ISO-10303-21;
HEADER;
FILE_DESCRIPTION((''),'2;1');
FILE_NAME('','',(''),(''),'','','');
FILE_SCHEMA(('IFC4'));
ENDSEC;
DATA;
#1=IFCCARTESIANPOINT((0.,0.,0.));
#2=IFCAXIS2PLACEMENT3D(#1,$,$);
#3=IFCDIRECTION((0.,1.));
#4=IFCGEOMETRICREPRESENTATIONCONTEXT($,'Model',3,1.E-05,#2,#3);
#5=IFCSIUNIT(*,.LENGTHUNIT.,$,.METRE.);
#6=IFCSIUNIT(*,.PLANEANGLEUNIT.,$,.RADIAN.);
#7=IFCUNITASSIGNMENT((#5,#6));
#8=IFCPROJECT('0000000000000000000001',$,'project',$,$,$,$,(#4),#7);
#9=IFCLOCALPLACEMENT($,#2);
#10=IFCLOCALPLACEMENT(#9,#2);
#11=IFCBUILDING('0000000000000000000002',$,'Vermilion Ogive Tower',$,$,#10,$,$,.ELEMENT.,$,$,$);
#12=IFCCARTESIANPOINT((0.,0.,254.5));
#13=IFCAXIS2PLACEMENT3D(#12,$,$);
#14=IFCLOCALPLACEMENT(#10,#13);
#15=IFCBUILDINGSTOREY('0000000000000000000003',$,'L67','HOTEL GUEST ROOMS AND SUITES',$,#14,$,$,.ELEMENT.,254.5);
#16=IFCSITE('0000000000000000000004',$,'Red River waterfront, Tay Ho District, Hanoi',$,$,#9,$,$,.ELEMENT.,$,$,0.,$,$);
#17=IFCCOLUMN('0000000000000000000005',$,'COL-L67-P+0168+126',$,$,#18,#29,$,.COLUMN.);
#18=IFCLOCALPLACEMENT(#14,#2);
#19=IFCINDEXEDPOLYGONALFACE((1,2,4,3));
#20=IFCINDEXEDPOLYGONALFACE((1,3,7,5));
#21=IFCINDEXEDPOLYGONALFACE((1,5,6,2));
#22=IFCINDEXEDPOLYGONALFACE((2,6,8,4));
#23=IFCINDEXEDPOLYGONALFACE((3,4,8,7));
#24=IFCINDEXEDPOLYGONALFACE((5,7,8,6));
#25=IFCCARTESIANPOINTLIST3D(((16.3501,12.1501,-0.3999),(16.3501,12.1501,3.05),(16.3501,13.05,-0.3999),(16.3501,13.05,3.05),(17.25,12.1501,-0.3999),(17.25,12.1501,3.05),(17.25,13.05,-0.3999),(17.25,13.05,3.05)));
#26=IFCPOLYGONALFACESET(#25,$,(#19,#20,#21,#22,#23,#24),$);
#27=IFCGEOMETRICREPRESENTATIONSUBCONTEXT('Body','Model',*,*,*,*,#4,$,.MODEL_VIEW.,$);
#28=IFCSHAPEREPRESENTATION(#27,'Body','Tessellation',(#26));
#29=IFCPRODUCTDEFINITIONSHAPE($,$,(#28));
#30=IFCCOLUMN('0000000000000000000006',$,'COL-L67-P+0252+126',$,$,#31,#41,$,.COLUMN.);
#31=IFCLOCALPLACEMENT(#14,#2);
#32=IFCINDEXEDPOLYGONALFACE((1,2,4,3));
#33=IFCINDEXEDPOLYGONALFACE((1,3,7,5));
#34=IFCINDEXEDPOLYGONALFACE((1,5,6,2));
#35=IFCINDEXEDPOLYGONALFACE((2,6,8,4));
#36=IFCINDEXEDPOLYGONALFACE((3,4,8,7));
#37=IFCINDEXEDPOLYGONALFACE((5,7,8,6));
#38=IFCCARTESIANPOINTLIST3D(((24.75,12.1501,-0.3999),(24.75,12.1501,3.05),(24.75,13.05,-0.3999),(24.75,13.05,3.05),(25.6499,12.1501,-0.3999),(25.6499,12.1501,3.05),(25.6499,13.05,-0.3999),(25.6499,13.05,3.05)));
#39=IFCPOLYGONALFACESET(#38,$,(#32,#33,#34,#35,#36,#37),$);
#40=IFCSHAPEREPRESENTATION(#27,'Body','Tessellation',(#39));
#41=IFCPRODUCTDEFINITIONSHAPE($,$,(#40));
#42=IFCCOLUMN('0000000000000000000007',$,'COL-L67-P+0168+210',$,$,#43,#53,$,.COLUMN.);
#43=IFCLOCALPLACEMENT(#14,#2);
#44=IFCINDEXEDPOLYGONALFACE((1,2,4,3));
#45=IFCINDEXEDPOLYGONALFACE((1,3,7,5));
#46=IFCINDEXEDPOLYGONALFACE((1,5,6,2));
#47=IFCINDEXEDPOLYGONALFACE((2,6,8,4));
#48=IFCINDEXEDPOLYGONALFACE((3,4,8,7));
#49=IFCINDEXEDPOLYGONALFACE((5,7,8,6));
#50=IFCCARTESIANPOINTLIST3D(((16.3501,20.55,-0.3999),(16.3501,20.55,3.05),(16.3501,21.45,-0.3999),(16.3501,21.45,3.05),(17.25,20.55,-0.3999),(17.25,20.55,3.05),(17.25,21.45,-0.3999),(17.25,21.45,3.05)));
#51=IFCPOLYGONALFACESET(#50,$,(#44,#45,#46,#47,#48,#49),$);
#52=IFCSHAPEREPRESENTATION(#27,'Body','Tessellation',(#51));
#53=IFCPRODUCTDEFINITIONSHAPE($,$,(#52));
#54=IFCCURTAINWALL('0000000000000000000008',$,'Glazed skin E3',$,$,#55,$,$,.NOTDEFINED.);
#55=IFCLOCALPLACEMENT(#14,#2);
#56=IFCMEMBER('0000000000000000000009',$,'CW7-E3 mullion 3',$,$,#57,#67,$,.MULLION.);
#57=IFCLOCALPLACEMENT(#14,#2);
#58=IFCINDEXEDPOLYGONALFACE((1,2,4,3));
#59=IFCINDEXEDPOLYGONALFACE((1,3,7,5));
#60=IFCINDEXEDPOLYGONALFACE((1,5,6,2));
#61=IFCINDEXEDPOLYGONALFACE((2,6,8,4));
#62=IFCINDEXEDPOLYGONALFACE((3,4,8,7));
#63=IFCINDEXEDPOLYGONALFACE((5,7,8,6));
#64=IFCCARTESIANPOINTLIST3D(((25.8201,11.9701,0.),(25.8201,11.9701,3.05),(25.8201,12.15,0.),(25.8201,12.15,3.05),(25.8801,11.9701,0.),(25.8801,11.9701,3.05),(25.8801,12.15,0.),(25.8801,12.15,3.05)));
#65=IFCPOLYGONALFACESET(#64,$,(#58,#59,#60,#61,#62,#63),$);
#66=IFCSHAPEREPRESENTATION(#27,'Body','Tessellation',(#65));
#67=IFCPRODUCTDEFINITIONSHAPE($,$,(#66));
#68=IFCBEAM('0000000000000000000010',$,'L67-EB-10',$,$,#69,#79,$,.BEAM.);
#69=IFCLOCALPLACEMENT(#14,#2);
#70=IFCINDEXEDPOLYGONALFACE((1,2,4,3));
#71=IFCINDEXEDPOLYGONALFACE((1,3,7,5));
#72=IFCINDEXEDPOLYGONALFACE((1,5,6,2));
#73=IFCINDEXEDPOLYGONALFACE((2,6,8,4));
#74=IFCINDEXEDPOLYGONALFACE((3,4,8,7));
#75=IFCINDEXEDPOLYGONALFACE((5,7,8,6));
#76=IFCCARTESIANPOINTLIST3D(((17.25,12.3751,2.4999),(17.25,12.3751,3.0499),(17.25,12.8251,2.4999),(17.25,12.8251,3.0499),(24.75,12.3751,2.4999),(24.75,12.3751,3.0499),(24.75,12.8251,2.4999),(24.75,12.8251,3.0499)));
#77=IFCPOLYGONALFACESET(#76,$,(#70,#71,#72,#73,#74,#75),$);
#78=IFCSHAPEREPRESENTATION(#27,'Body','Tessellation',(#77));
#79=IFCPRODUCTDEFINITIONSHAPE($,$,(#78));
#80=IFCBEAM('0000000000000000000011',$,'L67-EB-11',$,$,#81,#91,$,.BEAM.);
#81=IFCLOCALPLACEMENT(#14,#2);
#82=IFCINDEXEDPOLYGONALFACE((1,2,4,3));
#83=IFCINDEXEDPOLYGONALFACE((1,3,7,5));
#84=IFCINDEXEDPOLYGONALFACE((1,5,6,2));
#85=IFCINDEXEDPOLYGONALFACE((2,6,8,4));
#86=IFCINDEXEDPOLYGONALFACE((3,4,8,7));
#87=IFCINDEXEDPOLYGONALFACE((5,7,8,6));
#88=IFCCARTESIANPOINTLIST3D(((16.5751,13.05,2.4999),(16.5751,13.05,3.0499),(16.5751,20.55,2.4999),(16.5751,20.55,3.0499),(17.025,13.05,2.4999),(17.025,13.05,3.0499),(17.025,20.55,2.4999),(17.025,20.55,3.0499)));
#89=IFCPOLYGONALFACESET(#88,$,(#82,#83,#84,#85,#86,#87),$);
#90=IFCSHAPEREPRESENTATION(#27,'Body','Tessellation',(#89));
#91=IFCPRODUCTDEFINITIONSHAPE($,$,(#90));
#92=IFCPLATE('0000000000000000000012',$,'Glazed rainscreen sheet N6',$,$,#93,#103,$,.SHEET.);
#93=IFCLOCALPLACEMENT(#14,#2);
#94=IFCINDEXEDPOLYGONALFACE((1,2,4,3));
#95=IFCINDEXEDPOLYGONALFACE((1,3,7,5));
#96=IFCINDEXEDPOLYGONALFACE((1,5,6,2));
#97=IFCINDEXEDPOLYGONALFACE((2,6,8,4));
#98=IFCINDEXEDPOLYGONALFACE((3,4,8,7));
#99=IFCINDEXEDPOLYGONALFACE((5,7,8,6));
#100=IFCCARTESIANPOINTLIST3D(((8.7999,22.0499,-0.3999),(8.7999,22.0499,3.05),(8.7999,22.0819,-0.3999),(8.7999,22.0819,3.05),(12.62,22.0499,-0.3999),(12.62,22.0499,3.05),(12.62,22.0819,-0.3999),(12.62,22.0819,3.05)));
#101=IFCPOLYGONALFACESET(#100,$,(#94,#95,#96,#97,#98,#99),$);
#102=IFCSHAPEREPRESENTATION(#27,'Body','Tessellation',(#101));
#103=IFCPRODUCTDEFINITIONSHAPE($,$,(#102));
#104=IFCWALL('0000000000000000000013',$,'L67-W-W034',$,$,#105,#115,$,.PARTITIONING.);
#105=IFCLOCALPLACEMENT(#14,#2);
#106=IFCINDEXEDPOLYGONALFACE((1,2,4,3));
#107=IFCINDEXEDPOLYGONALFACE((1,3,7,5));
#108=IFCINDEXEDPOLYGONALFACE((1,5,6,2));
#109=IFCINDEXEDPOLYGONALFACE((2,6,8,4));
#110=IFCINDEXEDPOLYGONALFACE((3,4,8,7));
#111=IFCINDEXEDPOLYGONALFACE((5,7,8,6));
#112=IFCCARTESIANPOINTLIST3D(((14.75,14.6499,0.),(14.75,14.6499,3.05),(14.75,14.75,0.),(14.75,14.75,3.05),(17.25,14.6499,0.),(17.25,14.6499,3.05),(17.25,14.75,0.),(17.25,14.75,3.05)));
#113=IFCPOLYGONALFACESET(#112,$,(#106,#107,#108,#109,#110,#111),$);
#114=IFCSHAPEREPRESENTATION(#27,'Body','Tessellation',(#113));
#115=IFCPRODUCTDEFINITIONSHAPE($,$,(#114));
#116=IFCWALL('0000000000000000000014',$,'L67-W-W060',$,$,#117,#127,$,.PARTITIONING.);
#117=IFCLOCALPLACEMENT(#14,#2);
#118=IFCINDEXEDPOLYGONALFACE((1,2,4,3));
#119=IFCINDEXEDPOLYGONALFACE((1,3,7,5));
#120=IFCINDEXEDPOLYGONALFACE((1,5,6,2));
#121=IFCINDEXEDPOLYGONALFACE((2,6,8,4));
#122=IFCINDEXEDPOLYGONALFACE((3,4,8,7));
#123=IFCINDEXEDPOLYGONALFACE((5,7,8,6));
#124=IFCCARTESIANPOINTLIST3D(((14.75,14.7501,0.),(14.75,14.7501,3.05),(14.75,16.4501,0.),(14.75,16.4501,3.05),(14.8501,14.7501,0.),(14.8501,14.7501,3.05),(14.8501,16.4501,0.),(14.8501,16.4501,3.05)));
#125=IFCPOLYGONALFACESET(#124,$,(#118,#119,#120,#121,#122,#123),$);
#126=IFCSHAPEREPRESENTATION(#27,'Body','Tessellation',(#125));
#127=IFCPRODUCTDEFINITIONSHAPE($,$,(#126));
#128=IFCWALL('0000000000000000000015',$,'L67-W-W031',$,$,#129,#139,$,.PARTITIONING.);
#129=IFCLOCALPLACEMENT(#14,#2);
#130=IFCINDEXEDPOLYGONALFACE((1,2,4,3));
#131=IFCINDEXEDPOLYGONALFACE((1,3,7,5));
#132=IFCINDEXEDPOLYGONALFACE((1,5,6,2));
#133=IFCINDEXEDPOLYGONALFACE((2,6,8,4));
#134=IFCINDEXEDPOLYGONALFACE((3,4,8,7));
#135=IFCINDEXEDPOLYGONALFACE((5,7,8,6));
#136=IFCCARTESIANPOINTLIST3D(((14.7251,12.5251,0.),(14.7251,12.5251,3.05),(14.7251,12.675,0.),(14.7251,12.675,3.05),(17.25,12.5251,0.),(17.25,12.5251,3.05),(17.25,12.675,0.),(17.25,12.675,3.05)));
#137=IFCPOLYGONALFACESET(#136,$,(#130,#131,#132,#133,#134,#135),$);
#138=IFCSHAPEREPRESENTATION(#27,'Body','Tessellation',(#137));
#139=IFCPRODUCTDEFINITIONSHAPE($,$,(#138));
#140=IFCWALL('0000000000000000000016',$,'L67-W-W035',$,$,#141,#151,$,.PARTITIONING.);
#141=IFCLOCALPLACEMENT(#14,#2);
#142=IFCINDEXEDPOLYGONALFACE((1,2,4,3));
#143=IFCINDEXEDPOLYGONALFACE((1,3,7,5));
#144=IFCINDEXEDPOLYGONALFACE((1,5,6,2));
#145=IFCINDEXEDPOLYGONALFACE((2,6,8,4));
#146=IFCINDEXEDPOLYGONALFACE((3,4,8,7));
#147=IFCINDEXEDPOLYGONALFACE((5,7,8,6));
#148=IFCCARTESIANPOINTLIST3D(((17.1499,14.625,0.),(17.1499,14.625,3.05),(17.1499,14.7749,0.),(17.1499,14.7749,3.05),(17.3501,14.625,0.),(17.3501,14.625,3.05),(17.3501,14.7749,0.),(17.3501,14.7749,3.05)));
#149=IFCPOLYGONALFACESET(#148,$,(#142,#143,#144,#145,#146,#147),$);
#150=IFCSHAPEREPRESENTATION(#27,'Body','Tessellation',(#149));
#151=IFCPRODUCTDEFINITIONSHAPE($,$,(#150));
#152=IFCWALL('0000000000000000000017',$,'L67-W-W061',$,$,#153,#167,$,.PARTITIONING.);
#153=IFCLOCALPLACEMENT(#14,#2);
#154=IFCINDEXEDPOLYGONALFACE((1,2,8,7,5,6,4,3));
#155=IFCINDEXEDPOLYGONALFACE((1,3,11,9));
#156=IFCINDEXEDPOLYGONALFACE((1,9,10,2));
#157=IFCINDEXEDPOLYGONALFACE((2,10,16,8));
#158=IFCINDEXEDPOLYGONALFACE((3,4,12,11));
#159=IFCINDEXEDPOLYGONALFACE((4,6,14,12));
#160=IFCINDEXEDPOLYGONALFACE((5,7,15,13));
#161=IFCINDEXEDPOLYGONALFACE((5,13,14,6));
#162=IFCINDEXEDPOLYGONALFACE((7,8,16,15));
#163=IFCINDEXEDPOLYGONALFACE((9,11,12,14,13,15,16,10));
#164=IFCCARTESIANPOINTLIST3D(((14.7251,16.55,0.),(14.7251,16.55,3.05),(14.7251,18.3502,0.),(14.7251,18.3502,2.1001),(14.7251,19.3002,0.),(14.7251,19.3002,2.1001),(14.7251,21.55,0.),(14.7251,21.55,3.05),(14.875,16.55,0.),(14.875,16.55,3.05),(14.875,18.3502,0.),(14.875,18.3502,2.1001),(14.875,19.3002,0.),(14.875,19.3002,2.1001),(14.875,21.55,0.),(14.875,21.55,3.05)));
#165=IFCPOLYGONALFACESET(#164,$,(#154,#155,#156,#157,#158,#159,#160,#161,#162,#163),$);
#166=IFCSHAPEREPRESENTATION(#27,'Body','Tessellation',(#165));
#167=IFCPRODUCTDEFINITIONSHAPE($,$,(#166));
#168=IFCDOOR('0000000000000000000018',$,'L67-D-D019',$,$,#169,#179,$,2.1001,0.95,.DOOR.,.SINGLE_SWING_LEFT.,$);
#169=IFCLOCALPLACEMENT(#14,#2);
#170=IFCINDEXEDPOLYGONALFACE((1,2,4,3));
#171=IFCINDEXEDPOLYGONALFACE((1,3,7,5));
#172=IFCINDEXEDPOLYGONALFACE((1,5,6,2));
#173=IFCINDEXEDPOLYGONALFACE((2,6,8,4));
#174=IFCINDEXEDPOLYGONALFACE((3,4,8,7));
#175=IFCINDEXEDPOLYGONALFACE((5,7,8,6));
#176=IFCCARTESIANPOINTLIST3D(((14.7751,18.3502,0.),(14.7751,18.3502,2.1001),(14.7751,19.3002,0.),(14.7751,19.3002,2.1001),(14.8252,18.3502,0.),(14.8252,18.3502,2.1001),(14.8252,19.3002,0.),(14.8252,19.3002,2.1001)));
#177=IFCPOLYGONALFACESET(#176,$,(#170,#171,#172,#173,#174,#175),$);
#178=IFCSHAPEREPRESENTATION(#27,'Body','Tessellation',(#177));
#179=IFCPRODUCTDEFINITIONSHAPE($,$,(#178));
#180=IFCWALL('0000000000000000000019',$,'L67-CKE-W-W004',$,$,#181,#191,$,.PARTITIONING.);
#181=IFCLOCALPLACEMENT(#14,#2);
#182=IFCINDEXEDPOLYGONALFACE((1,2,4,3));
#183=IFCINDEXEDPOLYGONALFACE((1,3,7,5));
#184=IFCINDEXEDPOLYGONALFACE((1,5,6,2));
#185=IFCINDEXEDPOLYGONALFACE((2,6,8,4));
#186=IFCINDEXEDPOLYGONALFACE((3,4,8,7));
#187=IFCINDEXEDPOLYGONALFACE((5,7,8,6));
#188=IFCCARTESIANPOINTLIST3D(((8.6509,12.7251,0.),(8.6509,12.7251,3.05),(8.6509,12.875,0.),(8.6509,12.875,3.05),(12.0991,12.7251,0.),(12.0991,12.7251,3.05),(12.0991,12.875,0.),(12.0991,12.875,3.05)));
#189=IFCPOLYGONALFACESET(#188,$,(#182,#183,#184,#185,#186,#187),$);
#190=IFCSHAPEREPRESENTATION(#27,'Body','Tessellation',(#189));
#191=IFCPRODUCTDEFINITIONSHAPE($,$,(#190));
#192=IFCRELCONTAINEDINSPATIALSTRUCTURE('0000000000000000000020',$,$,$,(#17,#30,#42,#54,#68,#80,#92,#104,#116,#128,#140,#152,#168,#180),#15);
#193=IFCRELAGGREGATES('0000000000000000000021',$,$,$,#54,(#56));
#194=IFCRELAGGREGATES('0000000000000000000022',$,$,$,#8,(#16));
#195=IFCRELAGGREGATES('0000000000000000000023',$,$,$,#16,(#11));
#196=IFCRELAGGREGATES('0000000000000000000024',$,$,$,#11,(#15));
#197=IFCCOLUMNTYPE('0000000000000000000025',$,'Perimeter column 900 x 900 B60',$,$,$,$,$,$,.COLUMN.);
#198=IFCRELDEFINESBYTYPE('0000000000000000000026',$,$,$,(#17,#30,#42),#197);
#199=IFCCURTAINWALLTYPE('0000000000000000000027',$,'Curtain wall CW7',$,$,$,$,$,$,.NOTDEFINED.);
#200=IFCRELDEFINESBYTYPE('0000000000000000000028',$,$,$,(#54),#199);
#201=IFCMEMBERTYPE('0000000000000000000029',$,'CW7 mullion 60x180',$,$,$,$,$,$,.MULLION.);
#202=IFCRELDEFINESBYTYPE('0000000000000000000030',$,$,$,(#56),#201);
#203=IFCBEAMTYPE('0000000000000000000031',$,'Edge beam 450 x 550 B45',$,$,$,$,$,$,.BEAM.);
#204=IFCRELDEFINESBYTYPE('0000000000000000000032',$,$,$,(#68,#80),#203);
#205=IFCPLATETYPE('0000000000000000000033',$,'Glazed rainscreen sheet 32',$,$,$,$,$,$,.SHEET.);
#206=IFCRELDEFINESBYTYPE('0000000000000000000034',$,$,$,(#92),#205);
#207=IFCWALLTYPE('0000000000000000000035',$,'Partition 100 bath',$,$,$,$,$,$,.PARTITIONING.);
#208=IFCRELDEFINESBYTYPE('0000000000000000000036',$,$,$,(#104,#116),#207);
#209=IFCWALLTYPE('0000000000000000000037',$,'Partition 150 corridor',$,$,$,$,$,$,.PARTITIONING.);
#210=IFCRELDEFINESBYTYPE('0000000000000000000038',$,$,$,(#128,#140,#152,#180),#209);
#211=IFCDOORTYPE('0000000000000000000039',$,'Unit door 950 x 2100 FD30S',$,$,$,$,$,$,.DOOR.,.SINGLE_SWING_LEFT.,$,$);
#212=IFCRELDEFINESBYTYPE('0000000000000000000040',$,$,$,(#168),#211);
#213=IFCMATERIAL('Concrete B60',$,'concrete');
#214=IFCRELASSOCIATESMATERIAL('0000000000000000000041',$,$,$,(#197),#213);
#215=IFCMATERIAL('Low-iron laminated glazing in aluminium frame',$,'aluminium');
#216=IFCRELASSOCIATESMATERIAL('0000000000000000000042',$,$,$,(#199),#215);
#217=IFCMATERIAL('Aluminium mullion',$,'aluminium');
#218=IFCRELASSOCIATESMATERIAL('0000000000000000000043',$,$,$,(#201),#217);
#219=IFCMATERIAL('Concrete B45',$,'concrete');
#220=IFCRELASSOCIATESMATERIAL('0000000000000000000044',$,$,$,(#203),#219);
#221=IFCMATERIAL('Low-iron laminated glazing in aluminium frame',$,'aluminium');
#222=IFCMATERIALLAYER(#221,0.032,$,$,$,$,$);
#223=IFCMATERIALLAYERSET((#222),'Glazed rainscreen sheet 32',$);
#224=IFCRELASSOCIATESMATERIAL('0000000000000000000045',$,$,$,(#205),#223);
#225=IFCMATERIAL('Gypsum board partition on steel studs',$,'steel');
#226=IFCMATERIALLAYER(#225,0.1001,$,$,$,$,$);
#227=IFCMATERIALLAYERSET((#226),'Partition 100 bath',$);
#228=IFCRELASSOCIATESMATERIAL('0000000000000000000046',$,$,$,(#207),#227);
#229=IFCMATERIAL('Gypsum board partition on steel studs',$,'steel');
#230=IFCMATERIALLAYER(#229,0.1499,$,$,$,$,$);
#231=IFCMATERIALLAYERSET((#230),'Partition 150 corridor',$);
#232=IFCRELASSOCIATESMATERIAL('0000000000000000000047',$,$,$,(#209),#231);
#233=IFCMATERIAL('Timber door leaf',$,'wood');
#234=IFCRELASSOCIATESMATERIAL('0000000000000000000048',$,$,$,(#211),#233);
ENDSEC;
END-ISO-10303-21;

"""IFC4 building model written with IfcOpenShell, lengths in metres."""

from ifc_helpers import new_model, si_unit, direction, frame, frame_2d, origin, origin_2d, place, context, subcontext, project, spatial, rectangle, extrude, material, layer, layer_set, material_profile, profile_set, type_object, element, fill, aggregate, save


model = new_model("IFC4")

# Units and contexts
model_context = context("Model", 3, precision=1e-05, world=origin(), true_north=direction((0.0, 1.0)))
body_context = subcontext(model_context, "Body", "Model", "MODEL_VIEW")
ifc_project = project(units=[si_unit("LENGTHUNIT", "METRE"), si_unit("PLANEANGLEUNIT", "RADIAN")], contexts=[model_context])

# Site, building, storey
site_placement = place(None, origin())
site = spatial("IfcSite", under=ifc_project, at=site_placement, Name="Red River waterfront, Tay Ho District, Hanoi", CompositionType="ELEMENT", RefElevation=0.0)
building_placement = place(site_placement, origin())
building = spatial("IfcBuilding", under=site, at=building_placement, Name="Vermilion Ogive Tower", CompositionType="ELEMENT")
storey_placement = place(building_placement, frame((0.0, 0.0, 254.5)))
storey = spatial("IfcBuildingStorey", under=building, at=storey_placement, Name="L67", Description="HOTEL GUEST ROOMS AND SUITES", CompositionType="ELEMENT", Elevation=254.5)

# Columns
ifc_material_1 = material(Name="Concrete B60", Category="concrete")
ifc_material_profile_1 = material_profile(ifc_material_1, rectangle(XDim=0.8999, YDim=0.8999, at=origin_2d()), Name="900 x 900")
ifc_profile_set_1 = profile_set([ifc_material_profile_1], Name="Concrete B60")
column_type = type_object("IfcColumnType", Name="Perimeter column 900 x 900 B60", PredefinedType="COLUMN", material=ifc_profile_set_1)
for number, where, z_axis, x_axis, name in (
    (1, (16.8, 12.6001, -0.3999), (0.0, 0.0, 1.0), (1.0, 0.0, 0.0), "COL-L67-P+0168+126"),
    (2, (25.2, 12.6001, -0.3999), (0.0, 0.0, 1.0), (1.0, 0.0, 0.0), "COL-L67-P+0252+126"),
    (3, (16.8, 21.0, -0.3999), (0.0, 0.0, 1.0), (1.0, 0.0, 0.0), "COL-L67-P+0168+210"),
):
    element("IfcColumn", number, at=place(storey_placement, frame(where, z_axis=z_axis, x_axis=x_axis)), inside=storey, type_object=column_type, Name=name, PredefinedType="COLUMN", context=body_context, shape_type="SweptSolid", body=[
        extrude(rectangle(XDim=0.8999, YDim=0.8999, at=origin_2d()), origin(), (0.0, 0.0, 1.0), 3.45),
    ])

# Curtain wall, member
ifc_material_2 = material(Name="Low-iron laminated glazing in aluminium frame", Category="aluminium")
curtain_wall_type = type_object("IfcCurtainWallType", Name="Curtain wall CW7", PredefinedType="NOTDEFINED", material=ifc_material_2)
curtain_wall_placement = place(storey_placement, origin())
curtain_wall = element("IfcCurtainWall", 4, at=curtain_wall_placement, inside=storey, type_object=curtain_wall_type, Name="Glazed skin E3", PredefinedType="NOTDEFINED")
ifc_material_3 = material(Name="Aluminium mullion", Category="aluminium")
ifc_material_profile_2 = material_profile(ifc_material_3, rectangle(XDim=0.0601, YDim=0.1799, at=origin_2d()), Name="AL 60x180")
ifc_profile_set_2 = profile_set([ifc_material_profile_2], Name="Aluminium mullion")
member_type = type_object("IfcMemberType", Name="CW7 mullion 60x180", PredefinedType="MULLION", material=ifc_profile_set_2)
member_placement = place(storey_placement, frame((25.8501, 12.0601, 0.0), z_axis=(0.0, 0.0, 1.0), x_axis=(-1.0, 0.0, 0.0)))
member = element("IfcMember", 5, at=member_placement, type_object=member_type, Name="CW7-E3 mullion 3", PredefinedType="MULLION", context=body_context, shape_type="SweptSolid", body=[
    extrude(rectangle(XDim=0.0601, YDim=0.1799, at=origin_2d()), origin(), (0.0, 0.0, 1.0), 3.05),
])
aggregate(curtain_wall, [member])

# Beams
ifc_material_4 = material(Name="Concrete B45", Category="concrete")
ifc_material_profile_3 = material_profile(ifc_material_4, rectangle(XDim=0.45, YDim=0.55, at=origin_2d()), Name="450 x 550")
ifc_profile_set_3 = profile_set([ifc_material_profile_3], Name="Concrete B45")
beam_type = type_object("IfcBeamType", Name="Edge beam 450 x 550 B45", PredefinedType="BEAM", material=ifc_profile_set_3)
for number, where, z_axis, x_axis, name in (
    (6, (24.75, 12.6001, 2.7749), (-1.0, 0.0, 0.0), (0.0, -1.0, 0.0), "L67-EB-10"),
    (7, (16.8, 13.05, 2.7749), (0.0, 1.0, 0.0), (-1.0, 0.0, 0.0), "L67-EB-11"),
):
    element("IfcBeam", number, at=place(storey_placement, frame(where, z_axis=z_axis, x_axis=x_axis)), inside=storey, type_object=beam_type, Name=name, PredefinedType="BEAM", context=body_context, shape_type="SweptSolid", body=[
        extrude(rectangle(XDim=0.45, YDim=0.55, at=origin_2d()), origin(), (0.0, 0.0, 1.0), 7.5),
    ])

# Plate
ifc_material_5 = material(Name="Low-iron laminated glazing in aluminium frame", Category="aluminium")
ifc_layer_1 = layer(ifc_material_5, 0.032)
ifc_layer_set_1 = layer_set([ifc_layer_1], Name="Glazed rainscreen sheet 32")
plate_type = type_object("IfcPlateType", Name="Glazed rainscreen sheet 32", PredefinedType="SHEET", material=ifc_layer_set_1)
plate_placement = place(storey_placement, frame((10.71, 22.0659, -0.3999), z_axis=(0.0, 0.0, 1.0), x_axis=(1.0, 0.0, 0.0)))
element("IfcPlate", 8, at=plate_placement, inside=storey, type_object=plate_type, Name="Glazed rainscreen sheet N6", PredefinedType="SHEET", context=body_context, shape_type="SweptSolid", body=[
    extrude(rectangle(XDim=3.8201, YDim=0.032, at=origin_2d()), origin(), (0.0, 0.0, 1.0), 3.45),
])

# Walls
ifc_material_6 = material(Name="Gypsum board partition on steel studs", Category="steel")
ifc_layer_2 = layer(ifc_material_6, 0.1001)
ifc_layer_set_2 = layer_set([ifc_layer_2], Name="Partition 100 bath")
wall_type_1 = type_object("IfcWallType", Name="Partition 100 bath", PredefinedType="PARTITIONING", material=ifc_layer_set_2)
wall_1_placement = place(storey_placement, frame((14.75, 14.7, 0.0), z_axis=(0.0, 0.0, 1.0), x_axis=(1.0, 0.0, 0.0)))
element("IfcWall", 9, at=wall_1_placement, inside=storey, type_object=wall_type_1, Name="L67-W-W034", PredefinedType="PARTITIONING", context=body_context, shape_type="SweptSolid", body=[
    extrude(rectangle(XDim=2.5, YDim=0.1001, at=frame_2d((1.25, 0.0))), origin(), (0.0, 0.0, 1.0), 3.05),
])
wall_2_placement = place(storey_placement, frame((14.8, 14.75, 0.0), z_axis=(0.0, 0.0, 1.0), x_axis=(0.0, 1.0, 0.0)))
element("IfcWall", 10, at=wall_2_placement, inside=storey, type_object=wall_type_1, Name="L67-W-W060", PredefinedType="PARTITIONING", context=body_context, shape_type="SweptSolid", body=[
    extrude(rectangle(XDim=1.7, YDim=0.1001, at=frame_2d((0.8501, 0.0))), origin(), (0.0, 0.0, 1.0), 3.05),
])
ifc_material_7 = material(Name="Gypsum board partition on steel studs", Category="steel")
ifc_layer_3 = layer(ifc_material_7, 0.1499)
ifc_layer_set_3 = layer_set([ifc_layer_3], Name="Partition 150 corridor")
wall_type_2 = type_object("IfcWallType", Name="Partition 150 corridor", PredefinedType="PARTITIONING", material=ifc_layer_set_3)
wall_3_placement = place(storey_placement, frame((14.7251, 12.6001, 0.0), z_axis=(0.0, 0.0, 1.0), x_axis=(1.0, 0.0, 0.0)))
element("IfcWall", 11, at=wall_3_placement, inside=storey, type_object=wall_type_2, Name="L67-W-W031", PredefinedType="PARTITIONING", context=body_context, shape_type="SweptSolid", body=[
    extrude(rectangle(XDim=2.5249, YDim=0.1499, at=frame_2d((1.2625, 0.0))), origin(), (0.0, 0.0, 1.0), 3.05),
])
wall_4_placement = place(storey_placement, frame((17.1499, 14.7, 0.0), z_axis=(0.0, 0.0, 1.0), x_axis=(1.0, 0.0, 0.0)))
element("IfcWall", 12, at=wall_4_placement, inside=storey, type_object=wall_type_2, Name="L67-W-W035", PredefinedType="PARTITIONING", context=body_context, shape_type="SweptSolid", body=[
    extrude(rectangle(XDim=0.2002, YDim=0.1499, at=frame_2d((0.1001, 0.0))), origin(), (0.0, 0.0, 1.0), 3.05),
])

# Wall, opening, door
wall_5_placement = place(storey_placement, frame((14.8, 16.55, 0.0), z_axis=(0.0, 0.0, 1.0), x_axis=(0.0, 1.0, 0.0)))
wall_5 = element("IfcWall", 13, at=wall_5_placement, inside=storey, type_object=wall_type_2, Name="L67-W-W061", PredefinedType="PARTITIONING", context=body_context, shape_type="SweptSolid", body=[
    extrude(rectangle(XDim=5.0, YDim=0.1499, at=frame_2d((2.5, 0.0))), origin(), (0.0, 0.0, 1.0), 3.05),
])
opening_1_placement = place(wall_5_placement, frame((1.8, 0.0, 0.0)))
opening_1 = element("IfcOpeningElement", 14, at=opening_1_placement, cuts=wall_5, PredefinedType="OPENING", context=body_context, shape_type="SweptSolid", body=[
    extrude(rectangle(XDim=0.95, YDim=2.1001, at=frame_2d((0.4751, 1.05))), frame((0.0, 0.085, 0.0), z_axis=(0.0, -1.0, 0.0), x_axis=(1.0, 0.0, 0.0)), (0.0, 0.0, 1.0), 0.1699),
])
ifc_material_8 = material(Name="Timber door leaf", Category="wood")
door_type_1 = type_object("IfcDoorType", Name="Unit door 950 x 2100 FD30S", OperationType="SINGLE_SWING_LEFT", PredefinedType="DOOR", material=ifc_material_8)
door_1_placement = place(opening_1_placement, origin())
door_1 = element("IfcDoor", 15, at=door_1_placement, inside=storey, type_object=door_type_1, Name="L67-D-D019", OperationType="SINGLE_SWING_LEFT", OverallHeight=2.1001, OverallWidth=0.95, PredefinedType="DOOR", context=body_context, shape_type="SweptSolid", body=[
    extrude(rectangle(XDim=0.95, YDim=2.1001, at=frame_2d((0.4751, 1.05))), frame((0.0, 0.0249, 0.0), z_axis=(0.0, -1.0, 0.0), x_axis=(1.0, 0.0, 0.0)), (0.0, 0.0, 1.0), 0.05),
])
fill(opening_1, door_1)

# Wall
wall_6_placement = place(storey_placement, frame((8.6509, 12.8, 0.0), z_axis=(0.0, 0.0, 1.0), x_axis=(1.0, 0.0, 0.0)))
element("IfcWall", 16, at=wall_6_placement, inside=storey, type_object=wall_type_2, Name="L67-CKE-W-W004", PredefinedType="PARTITIONING", context=body_context, shape_type="SweptSolid", body=[
    extrude(rectangle(XDim=3.4482, YDim=0.1499, at=frame_2d((1.7241, 0.0))), origin(), (0.0, 0.0, 1.0), 3.05),
])

save(model, "model.ifc")
